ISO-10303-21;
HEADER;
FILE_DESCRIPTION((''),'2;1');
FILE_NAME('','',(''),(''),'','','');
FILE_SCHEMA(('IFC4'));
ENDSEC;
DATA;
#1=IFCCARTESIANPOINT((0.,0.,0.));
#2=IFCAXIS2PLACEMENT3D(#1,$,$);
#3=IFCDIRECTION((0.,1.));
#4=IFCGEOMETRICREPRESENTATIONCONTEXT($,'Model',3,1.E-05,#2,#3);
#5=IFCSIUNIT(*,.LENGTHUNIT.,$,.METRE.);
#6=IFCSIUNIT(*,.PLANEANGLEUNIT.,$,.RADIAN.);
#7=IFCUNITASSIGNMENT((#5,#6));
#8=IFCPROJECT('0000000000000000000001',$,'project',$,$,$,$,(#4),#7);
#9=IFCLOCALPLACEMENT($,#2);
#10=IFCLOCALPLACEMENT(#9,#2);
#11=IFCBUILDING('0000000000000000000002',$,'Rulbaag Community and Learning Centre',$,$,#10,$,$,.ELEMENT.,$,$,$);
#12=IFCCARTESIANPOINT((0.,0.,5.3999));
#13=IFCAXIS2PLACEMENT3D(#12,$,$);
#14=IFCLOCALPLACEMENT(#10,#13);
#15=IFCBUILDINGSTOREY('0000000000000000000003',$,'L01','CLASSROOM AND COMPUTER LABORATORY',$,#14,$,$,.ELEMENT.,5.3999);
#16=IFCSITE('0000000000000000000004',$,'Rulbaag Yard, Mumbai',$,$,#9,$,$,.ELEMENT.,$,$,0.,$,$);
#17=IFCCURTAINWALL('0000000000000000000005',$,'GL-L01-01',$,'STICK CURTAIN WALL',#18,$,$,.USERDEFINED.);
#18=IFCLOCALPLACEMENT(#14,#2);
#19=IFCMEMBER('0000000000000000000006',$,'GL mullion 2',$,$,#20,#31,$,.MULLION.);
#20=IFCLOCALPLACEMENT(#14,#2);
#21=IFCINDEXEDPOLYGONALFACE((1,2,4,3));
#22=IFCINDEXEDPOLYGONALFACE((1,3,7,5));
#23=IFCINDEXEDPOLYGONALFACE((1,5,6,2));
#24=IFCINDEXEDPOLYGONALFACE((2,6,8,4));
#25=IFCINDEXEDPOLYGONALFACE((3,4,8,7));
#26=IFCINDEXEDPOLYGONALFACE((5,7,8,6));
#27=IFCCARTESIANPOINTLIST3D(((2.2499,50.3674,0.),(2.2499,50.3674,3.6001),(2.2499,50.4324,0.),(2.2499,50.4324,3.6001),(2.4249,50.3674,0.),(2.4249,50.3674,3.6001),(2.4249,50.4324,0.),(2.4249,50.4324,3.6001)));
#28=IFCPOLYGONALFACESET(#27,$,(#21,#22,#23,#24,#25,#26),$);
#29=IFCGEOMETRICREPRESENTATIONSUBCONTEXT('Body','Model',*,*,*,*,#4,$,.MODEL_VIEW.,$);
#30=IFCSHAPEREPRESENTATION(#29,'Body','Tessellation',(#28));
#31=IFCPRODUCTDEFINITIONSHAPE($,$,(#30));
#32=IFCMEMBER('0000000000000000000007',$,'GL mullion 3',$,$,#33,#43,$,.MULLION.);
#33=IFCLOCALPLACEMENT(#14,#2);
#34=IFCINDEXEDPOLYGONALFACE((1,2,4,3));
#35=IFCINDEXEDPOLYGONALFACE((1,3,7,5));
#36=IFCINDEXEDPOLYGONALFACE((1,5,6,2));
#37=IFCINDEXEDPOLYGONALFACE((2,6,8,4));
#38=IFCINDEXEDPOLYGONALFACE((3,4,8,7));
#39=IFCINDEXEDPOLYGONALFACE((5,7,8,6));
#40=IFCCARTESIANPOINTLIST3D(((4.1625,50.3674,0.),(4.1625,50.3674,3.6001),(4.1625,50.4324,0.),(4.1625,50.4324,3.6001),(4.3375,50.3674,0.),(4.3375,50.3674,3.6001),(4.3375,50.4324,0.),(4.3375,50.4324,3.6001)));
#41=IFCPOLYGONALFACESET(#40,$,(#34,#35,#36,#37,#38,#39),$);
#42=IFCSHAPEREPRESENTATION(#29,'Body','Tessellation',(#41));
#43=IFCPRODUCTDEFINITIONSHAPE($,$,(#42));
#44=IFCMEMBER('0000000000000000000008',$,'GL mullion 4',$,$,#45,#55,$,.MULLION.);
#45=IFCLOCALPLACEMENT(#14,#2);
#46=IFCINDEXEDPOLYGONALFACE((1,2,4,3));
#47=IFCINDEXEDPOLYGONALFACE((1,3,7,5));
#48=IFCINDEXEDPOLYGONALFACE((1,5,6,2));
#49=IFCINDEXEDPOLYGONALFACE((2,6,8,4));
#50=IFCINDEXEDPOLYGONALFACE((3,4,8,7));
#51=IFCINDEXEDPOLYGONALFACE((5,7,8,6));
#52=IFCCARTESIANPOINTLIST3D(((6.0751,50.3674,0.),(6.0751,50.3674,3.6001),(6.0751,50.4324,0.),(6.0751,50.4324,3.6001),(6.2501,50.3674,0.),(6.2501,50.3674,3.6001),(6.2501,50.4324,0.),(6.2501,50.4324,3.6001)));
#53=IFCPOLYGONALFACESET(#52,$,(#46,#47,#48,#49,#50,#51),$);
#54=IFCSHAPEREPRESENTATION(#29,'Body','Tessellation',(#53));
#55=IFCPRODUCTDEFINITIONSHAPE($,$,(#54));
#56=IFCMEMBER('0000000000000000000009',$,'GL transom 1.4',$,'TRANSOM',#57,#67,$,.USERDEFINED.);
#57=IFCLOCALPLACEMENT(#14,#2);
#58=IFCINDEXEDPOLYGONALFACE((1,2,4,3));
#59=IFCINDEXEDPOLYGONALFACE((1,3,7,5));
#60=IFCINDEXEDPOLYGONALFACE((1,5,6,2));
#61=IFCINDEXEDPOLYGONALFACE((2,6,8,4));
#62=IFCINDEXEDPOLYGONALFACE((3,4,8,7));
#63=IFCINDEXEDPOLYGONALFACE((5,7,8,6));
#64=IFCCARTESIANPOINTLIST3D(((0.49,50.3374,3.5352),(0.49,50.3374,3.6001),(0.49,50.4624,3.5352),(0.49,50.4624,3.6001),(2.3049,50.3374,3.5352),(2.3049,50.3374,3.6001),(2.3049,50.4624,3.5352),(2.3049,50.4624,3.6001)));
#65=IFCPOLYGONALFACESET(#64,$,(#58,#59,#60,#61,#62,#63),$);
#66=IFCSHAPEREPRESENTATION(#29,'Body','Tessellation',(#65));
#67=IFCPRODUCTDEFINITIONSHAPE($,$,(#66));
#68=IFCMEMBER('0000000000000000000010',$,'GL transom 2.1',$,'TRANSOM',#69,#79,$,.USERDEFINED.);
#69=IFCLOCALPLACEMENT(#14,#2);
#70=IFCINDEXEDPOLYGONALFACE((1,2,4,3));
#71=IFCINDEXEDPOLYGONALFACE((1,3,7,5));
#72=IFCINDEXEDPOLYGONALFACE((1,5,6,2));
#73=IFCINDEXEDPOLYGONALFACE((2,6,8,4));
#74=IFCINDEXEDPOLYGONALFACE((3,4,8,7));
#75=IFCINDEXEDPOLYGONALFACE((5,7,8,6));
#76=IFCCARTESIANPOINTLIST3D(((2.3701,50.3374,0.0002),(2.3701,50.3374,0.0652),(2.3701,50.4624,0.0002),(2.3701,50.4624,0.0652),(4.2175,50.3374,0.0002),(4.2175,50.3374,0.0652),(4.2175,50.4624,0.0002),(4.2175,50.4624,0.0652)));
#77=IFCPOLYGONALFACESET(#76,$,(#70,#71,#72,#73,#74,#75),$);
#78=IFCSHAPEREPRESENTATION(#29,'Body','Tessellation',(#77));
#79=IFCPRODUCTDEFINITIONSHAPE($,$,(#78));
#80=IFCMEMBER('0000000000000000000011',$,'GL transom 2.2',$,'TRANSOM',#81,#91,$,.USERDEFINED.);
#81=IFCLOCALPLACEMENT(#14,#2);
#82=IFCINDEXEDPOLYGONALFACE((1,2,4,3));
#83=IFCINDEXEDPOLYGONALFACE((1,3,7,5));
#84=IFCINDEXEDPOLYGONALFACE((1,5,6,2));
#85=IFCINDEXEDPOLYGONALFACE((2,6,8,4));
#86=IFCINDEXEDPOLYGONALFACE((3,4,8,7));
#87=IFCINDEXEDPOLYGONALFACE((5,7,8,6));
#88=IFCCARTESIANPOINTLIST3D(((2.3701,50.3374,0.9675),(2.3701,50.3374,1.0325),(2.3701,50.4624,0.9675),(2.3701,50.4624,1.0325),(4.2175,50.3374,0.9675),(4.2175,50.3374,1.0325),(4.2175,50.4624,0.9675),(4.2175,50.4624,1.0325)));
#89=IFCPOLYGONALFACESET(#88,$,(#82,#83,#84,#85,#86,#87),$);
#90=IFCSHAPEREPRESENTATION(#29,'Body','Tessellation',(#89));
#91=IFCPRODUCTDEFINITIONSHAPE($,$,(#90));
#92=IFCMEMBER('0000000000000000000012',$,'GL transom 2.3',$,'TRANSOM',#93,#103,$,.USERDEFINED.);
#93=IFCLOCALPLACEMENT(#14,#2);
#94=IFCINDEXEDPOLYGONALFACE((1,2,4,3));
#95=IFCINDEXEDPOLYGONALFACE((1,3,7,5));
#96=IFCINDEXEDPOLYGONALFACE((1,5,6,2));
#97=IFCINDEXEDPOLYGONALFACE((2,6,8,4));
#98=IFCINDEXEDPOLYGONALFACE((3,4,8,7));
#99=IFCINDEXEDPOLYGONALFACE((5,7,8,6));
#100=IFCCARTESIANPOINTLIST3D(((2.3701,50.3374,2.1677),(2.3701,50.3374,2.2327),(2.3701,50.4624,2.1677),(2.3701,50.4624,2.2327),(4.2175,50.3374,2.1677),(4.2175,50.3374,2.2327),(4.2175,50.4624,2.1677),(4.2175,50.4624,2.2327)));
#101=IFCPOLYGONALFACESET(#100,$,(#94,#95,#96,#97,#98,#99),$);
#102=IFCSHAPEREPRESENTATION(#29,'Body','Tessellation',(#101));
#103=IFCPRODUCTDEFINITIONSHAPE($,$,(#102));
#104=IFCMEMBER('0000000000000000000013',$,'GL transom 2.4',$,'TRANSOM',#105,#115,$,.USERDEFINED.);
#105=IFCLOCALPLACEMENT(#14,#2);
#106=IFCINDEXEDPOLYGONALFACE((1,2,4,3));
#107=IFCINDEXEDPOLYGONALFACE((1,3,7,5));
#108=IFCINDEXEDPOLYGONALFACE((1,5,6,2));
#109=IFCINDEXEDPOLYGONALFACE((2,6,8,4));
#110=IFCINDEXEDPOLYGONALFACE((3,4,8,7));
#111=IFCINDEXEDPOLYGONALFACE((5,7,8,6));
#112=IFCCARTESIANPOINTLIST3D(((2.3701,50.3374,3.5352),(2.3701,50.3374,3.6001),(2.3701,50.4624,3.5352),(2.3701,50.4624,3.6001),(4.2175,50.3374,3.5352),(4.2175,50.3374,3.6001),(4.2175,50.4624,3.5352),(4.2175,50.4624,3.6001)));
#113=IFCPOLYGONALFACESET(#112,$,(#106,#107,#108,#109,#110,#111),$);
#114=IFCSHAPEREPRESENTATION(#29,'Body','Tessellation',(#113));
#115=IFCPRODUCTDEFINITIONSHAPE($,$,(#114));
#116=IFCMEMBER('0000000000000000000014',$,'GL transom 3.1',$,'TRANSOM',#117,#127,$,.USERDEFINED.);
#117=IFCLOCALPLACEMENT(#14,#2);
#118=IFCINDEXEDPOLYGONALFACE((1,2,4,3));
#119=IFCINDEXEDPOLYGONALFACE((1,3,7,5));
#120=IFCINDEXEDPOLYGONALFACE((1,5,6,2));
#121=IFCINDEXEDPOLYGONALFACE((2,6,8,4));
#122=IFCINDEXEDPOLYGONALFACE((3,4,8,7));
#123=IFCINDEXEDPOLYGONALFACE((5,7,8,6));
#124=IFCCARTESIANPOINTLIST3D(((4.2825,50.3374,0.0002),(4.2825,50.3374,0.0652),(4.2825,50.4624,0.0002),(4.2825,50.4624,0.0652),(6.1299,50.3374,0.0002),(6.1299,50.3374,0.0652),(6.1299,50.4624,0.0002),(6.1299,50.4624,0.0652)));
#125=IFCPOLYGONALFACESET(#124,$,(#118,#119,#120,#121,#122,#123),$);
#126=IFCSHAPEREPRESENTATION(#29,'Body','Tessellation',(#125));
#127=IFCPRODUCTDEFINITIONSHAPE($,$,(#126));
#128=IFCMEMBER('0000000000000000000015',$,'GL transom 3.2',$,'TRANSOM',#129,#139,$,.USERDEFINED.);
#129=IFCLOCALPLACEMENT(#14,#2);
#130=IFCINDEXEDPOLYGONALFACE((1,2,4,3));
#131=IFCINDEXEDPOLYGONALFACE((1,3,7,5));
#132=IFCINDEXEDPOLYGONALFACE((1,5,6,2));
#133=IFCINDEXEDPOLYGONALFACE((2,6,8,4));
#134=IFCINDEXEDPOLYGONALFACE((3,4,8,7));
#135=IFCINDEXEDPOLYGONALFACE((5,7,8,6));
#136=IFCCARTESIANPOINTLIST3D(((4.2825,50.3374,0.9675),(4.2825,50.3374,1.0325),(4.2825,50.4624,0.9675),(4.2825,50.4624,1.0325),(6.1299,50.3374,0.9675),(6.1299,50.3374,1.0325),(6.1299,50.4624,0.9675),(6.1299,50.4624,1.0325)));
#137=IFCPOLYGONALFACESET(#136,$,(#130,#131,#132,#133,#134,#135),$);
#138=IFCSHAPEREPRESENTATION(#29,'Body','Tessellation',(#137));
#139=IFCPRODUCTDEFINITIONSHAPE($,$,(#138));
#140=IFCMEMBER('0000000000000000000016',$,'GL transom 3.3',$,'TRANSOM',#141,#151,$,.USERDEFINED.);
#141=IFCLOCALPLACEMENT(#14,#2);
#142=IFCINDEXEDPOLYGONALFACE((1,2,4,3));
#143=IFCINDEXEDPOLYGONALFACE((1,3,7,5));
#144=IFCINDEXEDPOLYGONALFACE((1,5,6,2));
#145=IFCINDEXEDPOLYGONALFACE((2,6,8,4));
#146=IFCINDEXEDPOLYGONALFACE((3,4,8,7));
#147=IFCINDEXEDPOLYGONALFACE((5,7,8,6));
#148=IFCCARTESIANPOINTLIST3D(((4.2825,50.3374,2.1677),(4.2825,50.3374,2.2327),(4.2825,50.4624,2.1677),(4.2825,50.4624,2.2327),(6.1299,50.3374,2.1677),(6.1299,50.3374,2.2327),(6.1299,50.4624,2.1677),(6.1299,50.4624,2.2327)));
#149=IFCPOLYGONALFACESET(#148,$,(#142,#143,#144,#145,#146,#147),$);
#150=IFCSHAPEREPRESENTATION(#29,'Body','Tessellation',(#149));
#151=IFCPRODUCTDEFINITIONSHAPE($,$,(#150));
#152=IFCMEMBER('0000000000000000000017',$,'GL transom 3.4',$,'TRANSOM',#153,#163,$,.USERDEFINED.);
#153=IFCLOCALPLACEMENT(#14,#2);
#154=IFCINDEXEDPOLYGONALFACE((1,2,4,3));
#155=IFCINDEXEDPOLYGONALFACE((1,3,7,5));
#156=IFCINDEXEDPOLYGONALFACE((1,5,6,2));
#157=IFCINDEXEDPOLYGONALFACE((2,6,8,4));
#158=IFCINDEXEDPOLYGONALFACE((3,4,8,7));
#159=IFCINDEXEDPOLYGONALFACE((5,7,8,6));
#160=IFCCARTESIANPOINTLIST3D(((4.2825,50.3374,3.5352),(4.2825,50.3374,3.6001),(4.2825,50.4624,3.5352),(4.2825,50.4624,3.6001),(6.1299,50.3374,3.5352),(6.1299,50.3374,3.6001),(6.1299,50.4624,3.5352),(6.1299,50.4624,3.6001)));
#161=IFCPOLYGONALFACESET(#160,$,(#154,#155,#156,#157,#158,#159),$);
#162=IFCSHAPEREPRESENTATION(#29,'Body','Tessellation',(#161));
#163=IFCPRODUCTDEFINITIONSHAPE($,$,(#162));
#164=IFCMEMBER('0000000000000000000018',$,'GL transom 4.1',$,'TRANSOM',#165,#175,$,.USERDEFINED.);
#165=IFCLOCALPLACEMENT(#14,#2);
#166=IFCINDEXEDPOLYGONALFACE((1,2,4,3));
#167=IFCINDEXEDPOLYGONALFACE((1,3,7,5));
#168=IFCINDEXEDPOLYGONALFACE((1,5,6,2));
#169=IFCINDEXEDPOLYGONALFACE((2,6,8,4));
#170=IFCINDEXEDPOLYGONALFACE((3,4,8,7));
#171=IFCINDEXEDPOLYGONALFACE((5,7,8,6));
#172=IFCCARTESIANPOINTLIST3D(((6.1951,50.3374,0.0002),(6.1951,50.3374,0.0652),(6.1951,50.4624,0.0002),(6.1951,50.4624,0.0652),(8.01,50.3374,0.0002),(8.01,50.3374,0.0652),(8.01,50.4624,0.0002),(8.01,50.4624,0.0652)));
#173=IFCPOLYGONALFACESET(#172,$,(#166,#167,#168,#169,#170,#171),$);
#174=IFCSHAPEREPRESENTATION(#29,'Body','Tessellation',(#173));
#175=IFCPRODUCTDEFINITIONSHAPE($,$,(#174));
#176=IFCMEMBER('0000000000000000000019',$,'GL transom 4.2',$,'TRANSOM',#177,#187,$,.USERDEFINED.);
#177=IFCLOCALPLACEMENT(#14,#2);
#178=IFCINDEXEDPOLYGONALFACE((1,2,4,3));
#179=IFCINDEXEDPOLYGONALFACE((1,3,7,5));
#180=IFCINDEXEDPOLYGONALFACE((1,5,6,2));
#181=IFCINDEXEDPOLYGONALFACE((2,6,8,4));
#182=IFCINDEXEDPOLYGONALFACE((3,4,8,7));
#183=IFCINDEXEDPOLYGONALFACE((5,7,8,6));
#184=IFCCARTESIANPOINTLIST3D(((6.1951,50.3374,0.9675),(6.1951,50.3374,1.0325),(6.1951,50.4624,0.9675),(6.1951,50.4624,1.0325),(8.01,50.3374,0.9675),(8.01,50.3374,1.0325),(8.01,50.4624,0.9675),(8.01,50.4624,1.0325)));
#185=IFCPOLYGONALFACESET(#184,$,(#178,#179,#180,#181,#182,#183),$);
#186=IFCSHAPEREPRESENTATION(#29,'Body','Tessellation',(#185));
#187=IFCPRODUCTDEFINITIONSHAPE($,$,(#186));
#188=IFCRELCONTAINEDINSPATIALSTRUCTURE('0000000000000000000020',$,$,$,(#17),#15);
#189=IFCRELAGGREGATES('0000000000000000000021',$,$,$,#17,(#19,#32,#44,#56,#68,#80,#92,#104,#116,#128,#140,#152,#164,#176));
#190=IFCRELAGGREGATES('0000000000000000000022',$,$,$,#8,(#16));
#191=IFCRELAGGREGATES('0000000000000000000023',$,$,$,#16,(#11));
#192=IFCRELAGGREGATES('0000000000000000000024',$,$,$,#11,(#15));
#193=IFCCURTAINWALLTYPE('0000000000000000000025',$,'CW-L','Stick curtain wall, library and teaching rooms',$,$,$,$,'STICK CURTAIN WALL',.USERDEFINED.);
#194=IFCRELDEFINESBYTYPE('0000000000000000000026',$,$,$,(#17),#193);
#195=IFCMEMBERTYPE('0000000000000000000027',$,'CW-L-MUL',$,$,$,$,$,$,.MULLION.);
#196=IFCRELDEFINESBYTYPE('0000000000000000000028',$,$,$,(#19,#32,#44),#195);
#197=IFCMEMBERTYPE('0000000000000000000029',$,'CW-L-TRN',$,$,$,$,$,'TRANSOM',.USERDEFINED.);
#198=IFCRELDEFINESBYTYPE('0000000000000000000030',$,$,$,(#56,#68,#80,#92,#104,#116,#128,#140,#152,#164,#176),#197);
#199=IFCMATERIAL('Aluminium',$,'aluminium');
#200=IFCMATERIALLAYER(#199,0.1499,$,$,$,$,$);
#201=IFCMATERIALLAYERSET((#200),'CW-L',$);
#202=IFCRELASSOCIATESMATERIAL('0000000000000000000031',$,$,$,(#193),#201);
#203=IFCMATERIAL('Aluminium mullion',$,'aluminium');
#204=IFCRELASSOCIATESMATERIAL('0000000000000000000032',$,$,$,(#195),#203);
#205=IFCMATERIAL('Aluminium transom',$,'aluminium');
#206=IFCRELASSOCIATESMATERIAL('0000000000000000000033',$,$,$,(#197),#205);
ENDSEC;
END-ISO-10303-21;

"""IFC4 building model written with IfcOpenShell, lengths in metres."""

from ifc_helpers import new_model, si_unit, direction, frame, origin, origin_2d, place, context, subcontext, project, spatial, rectangle, extrude, material, layer, layer_set, material_profile, profile_set, type_object, element, aggregate, save


model = new_model("IFC4")

# Units and contexts
model_context = context("Model", 3, precision=1e-05, world=origin(), true_north=direction((0.0, 1.0)))
body_context = subcontext(model_context, "Body", "Model", "MODEL_VIEW")
ifc_project = project(units=[si_unit("LENGTHUNIT", "METRE"), si_unit("PLANEANGLEUNIT", "RADIAN")], contexts=[model_context])

# Site, building, storey
site_placement = place(None, origin())
site = spatial("IfcSite", under=ifc_project, at=site_placement, Name="Rulbaag Yard, Mumbai", CompositionType="ELEMENT", RefElevation=0.0)
building_placement = place(site_placement, origin())
building = spatial("IfcBuilding", under=site, at=building_placement, Name="Rulbaag Community and Learning Centre", CompositionType="ELEMENT")
storey_placement = place(building_placement, frame((0.0, 0.0, 5.3999)))
storey = spatial("IfcBuildingStorey", under=building, at=storey_placement, Name="L01", Description="CLASSROOM AND COMPUTER LABORATORY", CompositionType="ELEMENT", Elevation=5.3999)

# Curtain wall, members
ifc_material_1 = material(Name="Aluminium", Category="aluminium")
ifc_layer_1 = layer(ifc_material_1, 0.1499)
ifc_layer_set_1 = layer_set([ifc_layer_1], Name="CW-L")
curtain_wall_type = type_object("IfcCurtainWallType", Name="CW-L", Description="Stick curtain wall, library and teaching rooms", ElementType="STICK CURTAIN WALL", PredefinedType="USERDEFINED", material=ifc_layer_set_1)
curtain_wall_placement = place(storey_placement, origin())
curtain_wall = element("IfcCurtainWall", 1, at=curtain_wall_placement, inside=storey, type_object=curtain_wall_type, Name="GL-L01-01", ObjectType="STICK CURTAIN WALL", PredefinedType="USERDEFINED")
ifc_material_2 = material(Name="Aluminium mullion", Category="aluminium")
ifc_material_profile_1 = material_profile(ifc_material_2, rectangle(XDim=0.0649, YDim=0.175, at=origin_2d()), Name="AL 65x175")
ifc_profile_set_1 = profile_set([ifc_material_profile_1], Name="Aluminium mullion")
member_type_1 = type_object("IfcMemberType", Name="CW-L-MUL", PredefinedType="MULLION", material=ifc_profile_set_1)
member_1_placement = place(storey_placement, frame((2.3374, 50.3999, 0.0), z_axis=(0.0, 0.0, 1.0), x_axis=(0.0, 1.0, 0.0)))
member_1 = element("IfcMember", 2, at=member_1_placement, type_object=member_type_1, Name="GL mullion 2", PredefinedType="MULLION", context=body_context, shape_type="SweptSolid", body=[
    extrude(rectangle(XDim=0.0649, YDim=0.175, at=origin_2d()), origin(), (0.0, 0.0, 1.0), 3.6001),
])
member_2_placement = place(storey_placement, frame((4.25, 50.3999, 0.0), z_axis=(0.0, 0.0, 1.0), x_axis=(0.0, 1.0, 0.0)))
member_2 = element("IfcMember", 3, at=member_2_placement, type_object=member_type_1, Name="GL mullion 3", PredefinedType="MULLION", context=body_context, shape_type="SweptSolid", body=[
    extrude(rectangle(XDim=0.0649, YDim=0.175, at=origin_2d()), origin(), (0.0, 0.0, 1.0), 3.6001),
])
member_3_placement = place(storey_placement, frame((6.1626, 50.3999, 0.0), z_axis=(0.0, 0.0, 1.0), x_axis=(0.0, 1.0, 0.0)))
member_3 = element("IfcMember", 4, at=member_3_placement, type_object=member_type_1, Name="GL mullion 4", PredefinedType="MULLION", context=body_context, shape_type="SweptSolid", body=[
    extrude(rectangle(XDim=0.0649, YDim=0.175, at=origin_2d()), origin(), (0.0, 0.0, 1.0), 3.6001),
])
ifc_material_3 = material(Name="Aluminium transom", Category="aluminium")
ifc_material_profile_2 = material_profile(ifc_material_3, rectangle(XDim=0.125, YDim=0.0649, at=origin_2d()), Name="AL 65x125 T")
ifc_profile_set_2 = profile_set([ifc_material_profile_2], Name="Aluminium transom")
member_type_2 = type_object("IfcMemberType", Name="CW-L-TRN", ElementType="TRANSOM", PredefinedType="USERDEFINED", material=ifc_profile_set_2)
member_4_placement = place(storey_placement, frame((0.49, 50.3999, 3.5676), z_axis=(1.0, 0.0, 0.0), x_axis=(0.0, 1.0, 0.0)))
member_4 = element("IfcMember", 5, at=member_4_placement, type_object=member_type_2, Name="GL transom 1.4", ObjectType="TRANSOM", PredefinedType="USERDEFINED", context=body_context, shape_type="SweptSolid", body=[
    extrude(rectangle(XDim=0.125, YDim=0.0649, at=origin_2d()), origin(), (0.0, 0.0, 1.0), 1.8149),
])
member_5_placement = place(storey_placement, frame((2.3701, 50.3999, 0.0327), z_axis=(1.0, 0.0, 0.0), x_axis=(0.0, 1.0, 0.0)))
member_5 = element("IfcMember", 6, at=member_5_placement, type_object=member_type_2, Name="GL transom 2.1", ObjectType="TRANSOM", PredefinedType="USERDEFINED", context=body_context, shape_type="SweptSolid", body=[
    extrude(rectangle(XDim=0.125, YDim=0.0649, at=origin_2d()), origin(), (0.0, 0.0, 1.0), 1.8474),
])
member_6_placement = place(storey_placement, frame((2.3701, 50.3999, 1.0), z_axis=(1.0, 0.0, 0.0), x_axis=(0.0, 1.0, 0.0)))
member_6 = element("IfcMember", 7, at=member_6_placement, type_object=member_type_2, Name="GL transom 2.2", ObjectType="TRANSOM", PredefinedType="USERDEFINED", context=body_context, shape_type="SweptSolid", body=[
    extrude(rectangle(XDim=0.125, YDim=0.0649, at=origin_2d()), origin(), (0.0, 0.0, 1.0), 1.8474),
])
member_7_placement = place(storey_placement, frame((2.3701, 50.3999, 2.2002), z_axis=(1.0, 0.0, 0.0), x_axis=(0.0, 1.0, 0.0)))
member_7 = element("IfcMember", 8, at=member_7_placement, type_object=member_type_2, Name="GL transom 2.3", ObjectType="TRANSOM", PredefinedType="USERDEFINED", context=body_context, shape_type="SweptSolid", body=[
    extrude(rectangle(XDim=0.125, YDim=0.0649, at=origin_2d()), origin(), (0.0, 0.0, 1.0), 1.8474),
])
member_8_placement = place(storey_placement, frame((2.3701, 50.3999, 3.5676), z_axis=(1.0, 0.0, 0.0), x_axis=(0.0, 1.0, 0.0)))
member_8 = element("IfcMember", 9, at=member_8_placement, type_object=member_type_2, Name="GL transom 2.4", ObjectType="TRANSOM", PredefinedType="USERDEFINED", context=body_context, shape_type="SweptSolid", body=[
    extrude(rectangle(XDim=0.125, YDim=0.0649, at=origin_2d()), origin(), (0.0, 0.0, 1.0), 1.8474),
])
member_9_placement = place(storey_placement, frame((4.2825, 50.3999, 0.0327), z_axis=(1.0, 0.0, 0.0), x_axis=(0.0, 1.0, 0.0)))
member_9 = element("IfcMember", 10, at=member_9_placement, type_object=member_type_2, Name="GL transom 3.1", ObjectType="TRANSOM", PredefinedType="USERDEFINED", context=body_context, shape_type="SweptSolid", body=[
    extrude(rectangle(XDim=0.125, YDim=0.0649, at=origin_2d()), origin(), (0.0, 0.0, 1.0), 1.8474),
])
member_10_placement = place(storey_placement, frame((4.2825, 50.3999, 1.0), z_axis=(1.0, 0.0, 0.0), x_axis=(0.0, 1.0, 0.0)))
member_10 = element("IfcMember", 11, at=member_10_placement, type_object=member_type_2, Name="GL transom 3.2", ObjectType="TRANSOM", PredefinedType="USERDEFINED", context=body_context, shape_type="SweptSolid", body=[
    extrude(rectangle(XDim=0.125, YDim=0.0649, at=origin_2d()), origin(), (0.0, 0.0, 1.0), 1.8474),
])
member_11_placement = place(storey_placement, frame((4.2825, 50.3999, 2.2002), z_axis=(1.0, 0.0, 0.0), x_axis=(0.0, 1.0, 0.0)))
member_11 = element("IfcMember", 12, at=member_11_placement, type_object=member_type_2, Name="GL transom 3.3", ObjectType="TRANSOM", PredefinedType="USERDEFINED", context=body_context, shape_type="SweptSolid", body=[
    extrude(rectangle(XDim=0.125, YDim=0.0649, at=origin_2d()), origin(), (0.0, 0.0, 1.0), 1.8474),
])
member_12_placement = place(storey_placement, frame((4.2825, 50.3999, 3.5676), z_axis=(1.0, 0.0, 0.0), x_axis=(0.0, 1.0, 0.0)))
member_12 = element("IfcMember", 13, at=member_12_placement, type_object=member_type_2, Name="GL transom 3.4", ObjectType="TRANSOM", PredefinedType="USERDEFINED", context=body_context, shape_type="SweptSolid", body=[
    extrude(rectangle(XDim=0.125, YDim=0.0649, at=origin_2d()), origin(), (0.0, 0.0, 1.0), 1.8474),
])
member_13_placement = place(storey_placement, frame((6.1951, 50.3999, 0.0327), z_axis=(1.0, 0.0, 0.0), x_axis=(0.0, 1.0, 0.0)))
member_13 = element("IfcMember", 14, at=member_13_placement, type_object=member_type_2, Name="GL transom 4.1", ObjectType="TRANSOM", PredefinedType="USERDEFINED", context=body_context, shape_type="SweptSolid", body=[
    extrude(rectangle(XDim=0.125, YDim=0.0649, at=origin_2d()), origin(), (0.0, 0.0, 1.0), 1.8149),
])
member_14_placement = place(storey_placement, frame((6.1951, 50.3999, 1.0), z_axis=(1.0, 0.0, 0.0), x_axis=(0.0, 1.0, 0.0)))
member_14 = element("IfcMember", 15, at=member_14_placement, type_object=member_type_2, Name="GL transom 4.2", ObjectType="TRANSOM", PredefinedType="USERDEFINED", context=body_context, shape_type="SweptSolid", body=[
    extrude(rectangle(XDim=0.125, YDim=0.0649, at=origin_2d()), origin(), (0.0, 0.0, 1.0), 1.8149),
])
aggregate(curtain_wall, [member_1, member_2, member_3, member_4, member_5, member_6, member_7, member_8, member_9, member_10, member_11, member_12, member_13, member_14])

save(model, "model.ifc")
